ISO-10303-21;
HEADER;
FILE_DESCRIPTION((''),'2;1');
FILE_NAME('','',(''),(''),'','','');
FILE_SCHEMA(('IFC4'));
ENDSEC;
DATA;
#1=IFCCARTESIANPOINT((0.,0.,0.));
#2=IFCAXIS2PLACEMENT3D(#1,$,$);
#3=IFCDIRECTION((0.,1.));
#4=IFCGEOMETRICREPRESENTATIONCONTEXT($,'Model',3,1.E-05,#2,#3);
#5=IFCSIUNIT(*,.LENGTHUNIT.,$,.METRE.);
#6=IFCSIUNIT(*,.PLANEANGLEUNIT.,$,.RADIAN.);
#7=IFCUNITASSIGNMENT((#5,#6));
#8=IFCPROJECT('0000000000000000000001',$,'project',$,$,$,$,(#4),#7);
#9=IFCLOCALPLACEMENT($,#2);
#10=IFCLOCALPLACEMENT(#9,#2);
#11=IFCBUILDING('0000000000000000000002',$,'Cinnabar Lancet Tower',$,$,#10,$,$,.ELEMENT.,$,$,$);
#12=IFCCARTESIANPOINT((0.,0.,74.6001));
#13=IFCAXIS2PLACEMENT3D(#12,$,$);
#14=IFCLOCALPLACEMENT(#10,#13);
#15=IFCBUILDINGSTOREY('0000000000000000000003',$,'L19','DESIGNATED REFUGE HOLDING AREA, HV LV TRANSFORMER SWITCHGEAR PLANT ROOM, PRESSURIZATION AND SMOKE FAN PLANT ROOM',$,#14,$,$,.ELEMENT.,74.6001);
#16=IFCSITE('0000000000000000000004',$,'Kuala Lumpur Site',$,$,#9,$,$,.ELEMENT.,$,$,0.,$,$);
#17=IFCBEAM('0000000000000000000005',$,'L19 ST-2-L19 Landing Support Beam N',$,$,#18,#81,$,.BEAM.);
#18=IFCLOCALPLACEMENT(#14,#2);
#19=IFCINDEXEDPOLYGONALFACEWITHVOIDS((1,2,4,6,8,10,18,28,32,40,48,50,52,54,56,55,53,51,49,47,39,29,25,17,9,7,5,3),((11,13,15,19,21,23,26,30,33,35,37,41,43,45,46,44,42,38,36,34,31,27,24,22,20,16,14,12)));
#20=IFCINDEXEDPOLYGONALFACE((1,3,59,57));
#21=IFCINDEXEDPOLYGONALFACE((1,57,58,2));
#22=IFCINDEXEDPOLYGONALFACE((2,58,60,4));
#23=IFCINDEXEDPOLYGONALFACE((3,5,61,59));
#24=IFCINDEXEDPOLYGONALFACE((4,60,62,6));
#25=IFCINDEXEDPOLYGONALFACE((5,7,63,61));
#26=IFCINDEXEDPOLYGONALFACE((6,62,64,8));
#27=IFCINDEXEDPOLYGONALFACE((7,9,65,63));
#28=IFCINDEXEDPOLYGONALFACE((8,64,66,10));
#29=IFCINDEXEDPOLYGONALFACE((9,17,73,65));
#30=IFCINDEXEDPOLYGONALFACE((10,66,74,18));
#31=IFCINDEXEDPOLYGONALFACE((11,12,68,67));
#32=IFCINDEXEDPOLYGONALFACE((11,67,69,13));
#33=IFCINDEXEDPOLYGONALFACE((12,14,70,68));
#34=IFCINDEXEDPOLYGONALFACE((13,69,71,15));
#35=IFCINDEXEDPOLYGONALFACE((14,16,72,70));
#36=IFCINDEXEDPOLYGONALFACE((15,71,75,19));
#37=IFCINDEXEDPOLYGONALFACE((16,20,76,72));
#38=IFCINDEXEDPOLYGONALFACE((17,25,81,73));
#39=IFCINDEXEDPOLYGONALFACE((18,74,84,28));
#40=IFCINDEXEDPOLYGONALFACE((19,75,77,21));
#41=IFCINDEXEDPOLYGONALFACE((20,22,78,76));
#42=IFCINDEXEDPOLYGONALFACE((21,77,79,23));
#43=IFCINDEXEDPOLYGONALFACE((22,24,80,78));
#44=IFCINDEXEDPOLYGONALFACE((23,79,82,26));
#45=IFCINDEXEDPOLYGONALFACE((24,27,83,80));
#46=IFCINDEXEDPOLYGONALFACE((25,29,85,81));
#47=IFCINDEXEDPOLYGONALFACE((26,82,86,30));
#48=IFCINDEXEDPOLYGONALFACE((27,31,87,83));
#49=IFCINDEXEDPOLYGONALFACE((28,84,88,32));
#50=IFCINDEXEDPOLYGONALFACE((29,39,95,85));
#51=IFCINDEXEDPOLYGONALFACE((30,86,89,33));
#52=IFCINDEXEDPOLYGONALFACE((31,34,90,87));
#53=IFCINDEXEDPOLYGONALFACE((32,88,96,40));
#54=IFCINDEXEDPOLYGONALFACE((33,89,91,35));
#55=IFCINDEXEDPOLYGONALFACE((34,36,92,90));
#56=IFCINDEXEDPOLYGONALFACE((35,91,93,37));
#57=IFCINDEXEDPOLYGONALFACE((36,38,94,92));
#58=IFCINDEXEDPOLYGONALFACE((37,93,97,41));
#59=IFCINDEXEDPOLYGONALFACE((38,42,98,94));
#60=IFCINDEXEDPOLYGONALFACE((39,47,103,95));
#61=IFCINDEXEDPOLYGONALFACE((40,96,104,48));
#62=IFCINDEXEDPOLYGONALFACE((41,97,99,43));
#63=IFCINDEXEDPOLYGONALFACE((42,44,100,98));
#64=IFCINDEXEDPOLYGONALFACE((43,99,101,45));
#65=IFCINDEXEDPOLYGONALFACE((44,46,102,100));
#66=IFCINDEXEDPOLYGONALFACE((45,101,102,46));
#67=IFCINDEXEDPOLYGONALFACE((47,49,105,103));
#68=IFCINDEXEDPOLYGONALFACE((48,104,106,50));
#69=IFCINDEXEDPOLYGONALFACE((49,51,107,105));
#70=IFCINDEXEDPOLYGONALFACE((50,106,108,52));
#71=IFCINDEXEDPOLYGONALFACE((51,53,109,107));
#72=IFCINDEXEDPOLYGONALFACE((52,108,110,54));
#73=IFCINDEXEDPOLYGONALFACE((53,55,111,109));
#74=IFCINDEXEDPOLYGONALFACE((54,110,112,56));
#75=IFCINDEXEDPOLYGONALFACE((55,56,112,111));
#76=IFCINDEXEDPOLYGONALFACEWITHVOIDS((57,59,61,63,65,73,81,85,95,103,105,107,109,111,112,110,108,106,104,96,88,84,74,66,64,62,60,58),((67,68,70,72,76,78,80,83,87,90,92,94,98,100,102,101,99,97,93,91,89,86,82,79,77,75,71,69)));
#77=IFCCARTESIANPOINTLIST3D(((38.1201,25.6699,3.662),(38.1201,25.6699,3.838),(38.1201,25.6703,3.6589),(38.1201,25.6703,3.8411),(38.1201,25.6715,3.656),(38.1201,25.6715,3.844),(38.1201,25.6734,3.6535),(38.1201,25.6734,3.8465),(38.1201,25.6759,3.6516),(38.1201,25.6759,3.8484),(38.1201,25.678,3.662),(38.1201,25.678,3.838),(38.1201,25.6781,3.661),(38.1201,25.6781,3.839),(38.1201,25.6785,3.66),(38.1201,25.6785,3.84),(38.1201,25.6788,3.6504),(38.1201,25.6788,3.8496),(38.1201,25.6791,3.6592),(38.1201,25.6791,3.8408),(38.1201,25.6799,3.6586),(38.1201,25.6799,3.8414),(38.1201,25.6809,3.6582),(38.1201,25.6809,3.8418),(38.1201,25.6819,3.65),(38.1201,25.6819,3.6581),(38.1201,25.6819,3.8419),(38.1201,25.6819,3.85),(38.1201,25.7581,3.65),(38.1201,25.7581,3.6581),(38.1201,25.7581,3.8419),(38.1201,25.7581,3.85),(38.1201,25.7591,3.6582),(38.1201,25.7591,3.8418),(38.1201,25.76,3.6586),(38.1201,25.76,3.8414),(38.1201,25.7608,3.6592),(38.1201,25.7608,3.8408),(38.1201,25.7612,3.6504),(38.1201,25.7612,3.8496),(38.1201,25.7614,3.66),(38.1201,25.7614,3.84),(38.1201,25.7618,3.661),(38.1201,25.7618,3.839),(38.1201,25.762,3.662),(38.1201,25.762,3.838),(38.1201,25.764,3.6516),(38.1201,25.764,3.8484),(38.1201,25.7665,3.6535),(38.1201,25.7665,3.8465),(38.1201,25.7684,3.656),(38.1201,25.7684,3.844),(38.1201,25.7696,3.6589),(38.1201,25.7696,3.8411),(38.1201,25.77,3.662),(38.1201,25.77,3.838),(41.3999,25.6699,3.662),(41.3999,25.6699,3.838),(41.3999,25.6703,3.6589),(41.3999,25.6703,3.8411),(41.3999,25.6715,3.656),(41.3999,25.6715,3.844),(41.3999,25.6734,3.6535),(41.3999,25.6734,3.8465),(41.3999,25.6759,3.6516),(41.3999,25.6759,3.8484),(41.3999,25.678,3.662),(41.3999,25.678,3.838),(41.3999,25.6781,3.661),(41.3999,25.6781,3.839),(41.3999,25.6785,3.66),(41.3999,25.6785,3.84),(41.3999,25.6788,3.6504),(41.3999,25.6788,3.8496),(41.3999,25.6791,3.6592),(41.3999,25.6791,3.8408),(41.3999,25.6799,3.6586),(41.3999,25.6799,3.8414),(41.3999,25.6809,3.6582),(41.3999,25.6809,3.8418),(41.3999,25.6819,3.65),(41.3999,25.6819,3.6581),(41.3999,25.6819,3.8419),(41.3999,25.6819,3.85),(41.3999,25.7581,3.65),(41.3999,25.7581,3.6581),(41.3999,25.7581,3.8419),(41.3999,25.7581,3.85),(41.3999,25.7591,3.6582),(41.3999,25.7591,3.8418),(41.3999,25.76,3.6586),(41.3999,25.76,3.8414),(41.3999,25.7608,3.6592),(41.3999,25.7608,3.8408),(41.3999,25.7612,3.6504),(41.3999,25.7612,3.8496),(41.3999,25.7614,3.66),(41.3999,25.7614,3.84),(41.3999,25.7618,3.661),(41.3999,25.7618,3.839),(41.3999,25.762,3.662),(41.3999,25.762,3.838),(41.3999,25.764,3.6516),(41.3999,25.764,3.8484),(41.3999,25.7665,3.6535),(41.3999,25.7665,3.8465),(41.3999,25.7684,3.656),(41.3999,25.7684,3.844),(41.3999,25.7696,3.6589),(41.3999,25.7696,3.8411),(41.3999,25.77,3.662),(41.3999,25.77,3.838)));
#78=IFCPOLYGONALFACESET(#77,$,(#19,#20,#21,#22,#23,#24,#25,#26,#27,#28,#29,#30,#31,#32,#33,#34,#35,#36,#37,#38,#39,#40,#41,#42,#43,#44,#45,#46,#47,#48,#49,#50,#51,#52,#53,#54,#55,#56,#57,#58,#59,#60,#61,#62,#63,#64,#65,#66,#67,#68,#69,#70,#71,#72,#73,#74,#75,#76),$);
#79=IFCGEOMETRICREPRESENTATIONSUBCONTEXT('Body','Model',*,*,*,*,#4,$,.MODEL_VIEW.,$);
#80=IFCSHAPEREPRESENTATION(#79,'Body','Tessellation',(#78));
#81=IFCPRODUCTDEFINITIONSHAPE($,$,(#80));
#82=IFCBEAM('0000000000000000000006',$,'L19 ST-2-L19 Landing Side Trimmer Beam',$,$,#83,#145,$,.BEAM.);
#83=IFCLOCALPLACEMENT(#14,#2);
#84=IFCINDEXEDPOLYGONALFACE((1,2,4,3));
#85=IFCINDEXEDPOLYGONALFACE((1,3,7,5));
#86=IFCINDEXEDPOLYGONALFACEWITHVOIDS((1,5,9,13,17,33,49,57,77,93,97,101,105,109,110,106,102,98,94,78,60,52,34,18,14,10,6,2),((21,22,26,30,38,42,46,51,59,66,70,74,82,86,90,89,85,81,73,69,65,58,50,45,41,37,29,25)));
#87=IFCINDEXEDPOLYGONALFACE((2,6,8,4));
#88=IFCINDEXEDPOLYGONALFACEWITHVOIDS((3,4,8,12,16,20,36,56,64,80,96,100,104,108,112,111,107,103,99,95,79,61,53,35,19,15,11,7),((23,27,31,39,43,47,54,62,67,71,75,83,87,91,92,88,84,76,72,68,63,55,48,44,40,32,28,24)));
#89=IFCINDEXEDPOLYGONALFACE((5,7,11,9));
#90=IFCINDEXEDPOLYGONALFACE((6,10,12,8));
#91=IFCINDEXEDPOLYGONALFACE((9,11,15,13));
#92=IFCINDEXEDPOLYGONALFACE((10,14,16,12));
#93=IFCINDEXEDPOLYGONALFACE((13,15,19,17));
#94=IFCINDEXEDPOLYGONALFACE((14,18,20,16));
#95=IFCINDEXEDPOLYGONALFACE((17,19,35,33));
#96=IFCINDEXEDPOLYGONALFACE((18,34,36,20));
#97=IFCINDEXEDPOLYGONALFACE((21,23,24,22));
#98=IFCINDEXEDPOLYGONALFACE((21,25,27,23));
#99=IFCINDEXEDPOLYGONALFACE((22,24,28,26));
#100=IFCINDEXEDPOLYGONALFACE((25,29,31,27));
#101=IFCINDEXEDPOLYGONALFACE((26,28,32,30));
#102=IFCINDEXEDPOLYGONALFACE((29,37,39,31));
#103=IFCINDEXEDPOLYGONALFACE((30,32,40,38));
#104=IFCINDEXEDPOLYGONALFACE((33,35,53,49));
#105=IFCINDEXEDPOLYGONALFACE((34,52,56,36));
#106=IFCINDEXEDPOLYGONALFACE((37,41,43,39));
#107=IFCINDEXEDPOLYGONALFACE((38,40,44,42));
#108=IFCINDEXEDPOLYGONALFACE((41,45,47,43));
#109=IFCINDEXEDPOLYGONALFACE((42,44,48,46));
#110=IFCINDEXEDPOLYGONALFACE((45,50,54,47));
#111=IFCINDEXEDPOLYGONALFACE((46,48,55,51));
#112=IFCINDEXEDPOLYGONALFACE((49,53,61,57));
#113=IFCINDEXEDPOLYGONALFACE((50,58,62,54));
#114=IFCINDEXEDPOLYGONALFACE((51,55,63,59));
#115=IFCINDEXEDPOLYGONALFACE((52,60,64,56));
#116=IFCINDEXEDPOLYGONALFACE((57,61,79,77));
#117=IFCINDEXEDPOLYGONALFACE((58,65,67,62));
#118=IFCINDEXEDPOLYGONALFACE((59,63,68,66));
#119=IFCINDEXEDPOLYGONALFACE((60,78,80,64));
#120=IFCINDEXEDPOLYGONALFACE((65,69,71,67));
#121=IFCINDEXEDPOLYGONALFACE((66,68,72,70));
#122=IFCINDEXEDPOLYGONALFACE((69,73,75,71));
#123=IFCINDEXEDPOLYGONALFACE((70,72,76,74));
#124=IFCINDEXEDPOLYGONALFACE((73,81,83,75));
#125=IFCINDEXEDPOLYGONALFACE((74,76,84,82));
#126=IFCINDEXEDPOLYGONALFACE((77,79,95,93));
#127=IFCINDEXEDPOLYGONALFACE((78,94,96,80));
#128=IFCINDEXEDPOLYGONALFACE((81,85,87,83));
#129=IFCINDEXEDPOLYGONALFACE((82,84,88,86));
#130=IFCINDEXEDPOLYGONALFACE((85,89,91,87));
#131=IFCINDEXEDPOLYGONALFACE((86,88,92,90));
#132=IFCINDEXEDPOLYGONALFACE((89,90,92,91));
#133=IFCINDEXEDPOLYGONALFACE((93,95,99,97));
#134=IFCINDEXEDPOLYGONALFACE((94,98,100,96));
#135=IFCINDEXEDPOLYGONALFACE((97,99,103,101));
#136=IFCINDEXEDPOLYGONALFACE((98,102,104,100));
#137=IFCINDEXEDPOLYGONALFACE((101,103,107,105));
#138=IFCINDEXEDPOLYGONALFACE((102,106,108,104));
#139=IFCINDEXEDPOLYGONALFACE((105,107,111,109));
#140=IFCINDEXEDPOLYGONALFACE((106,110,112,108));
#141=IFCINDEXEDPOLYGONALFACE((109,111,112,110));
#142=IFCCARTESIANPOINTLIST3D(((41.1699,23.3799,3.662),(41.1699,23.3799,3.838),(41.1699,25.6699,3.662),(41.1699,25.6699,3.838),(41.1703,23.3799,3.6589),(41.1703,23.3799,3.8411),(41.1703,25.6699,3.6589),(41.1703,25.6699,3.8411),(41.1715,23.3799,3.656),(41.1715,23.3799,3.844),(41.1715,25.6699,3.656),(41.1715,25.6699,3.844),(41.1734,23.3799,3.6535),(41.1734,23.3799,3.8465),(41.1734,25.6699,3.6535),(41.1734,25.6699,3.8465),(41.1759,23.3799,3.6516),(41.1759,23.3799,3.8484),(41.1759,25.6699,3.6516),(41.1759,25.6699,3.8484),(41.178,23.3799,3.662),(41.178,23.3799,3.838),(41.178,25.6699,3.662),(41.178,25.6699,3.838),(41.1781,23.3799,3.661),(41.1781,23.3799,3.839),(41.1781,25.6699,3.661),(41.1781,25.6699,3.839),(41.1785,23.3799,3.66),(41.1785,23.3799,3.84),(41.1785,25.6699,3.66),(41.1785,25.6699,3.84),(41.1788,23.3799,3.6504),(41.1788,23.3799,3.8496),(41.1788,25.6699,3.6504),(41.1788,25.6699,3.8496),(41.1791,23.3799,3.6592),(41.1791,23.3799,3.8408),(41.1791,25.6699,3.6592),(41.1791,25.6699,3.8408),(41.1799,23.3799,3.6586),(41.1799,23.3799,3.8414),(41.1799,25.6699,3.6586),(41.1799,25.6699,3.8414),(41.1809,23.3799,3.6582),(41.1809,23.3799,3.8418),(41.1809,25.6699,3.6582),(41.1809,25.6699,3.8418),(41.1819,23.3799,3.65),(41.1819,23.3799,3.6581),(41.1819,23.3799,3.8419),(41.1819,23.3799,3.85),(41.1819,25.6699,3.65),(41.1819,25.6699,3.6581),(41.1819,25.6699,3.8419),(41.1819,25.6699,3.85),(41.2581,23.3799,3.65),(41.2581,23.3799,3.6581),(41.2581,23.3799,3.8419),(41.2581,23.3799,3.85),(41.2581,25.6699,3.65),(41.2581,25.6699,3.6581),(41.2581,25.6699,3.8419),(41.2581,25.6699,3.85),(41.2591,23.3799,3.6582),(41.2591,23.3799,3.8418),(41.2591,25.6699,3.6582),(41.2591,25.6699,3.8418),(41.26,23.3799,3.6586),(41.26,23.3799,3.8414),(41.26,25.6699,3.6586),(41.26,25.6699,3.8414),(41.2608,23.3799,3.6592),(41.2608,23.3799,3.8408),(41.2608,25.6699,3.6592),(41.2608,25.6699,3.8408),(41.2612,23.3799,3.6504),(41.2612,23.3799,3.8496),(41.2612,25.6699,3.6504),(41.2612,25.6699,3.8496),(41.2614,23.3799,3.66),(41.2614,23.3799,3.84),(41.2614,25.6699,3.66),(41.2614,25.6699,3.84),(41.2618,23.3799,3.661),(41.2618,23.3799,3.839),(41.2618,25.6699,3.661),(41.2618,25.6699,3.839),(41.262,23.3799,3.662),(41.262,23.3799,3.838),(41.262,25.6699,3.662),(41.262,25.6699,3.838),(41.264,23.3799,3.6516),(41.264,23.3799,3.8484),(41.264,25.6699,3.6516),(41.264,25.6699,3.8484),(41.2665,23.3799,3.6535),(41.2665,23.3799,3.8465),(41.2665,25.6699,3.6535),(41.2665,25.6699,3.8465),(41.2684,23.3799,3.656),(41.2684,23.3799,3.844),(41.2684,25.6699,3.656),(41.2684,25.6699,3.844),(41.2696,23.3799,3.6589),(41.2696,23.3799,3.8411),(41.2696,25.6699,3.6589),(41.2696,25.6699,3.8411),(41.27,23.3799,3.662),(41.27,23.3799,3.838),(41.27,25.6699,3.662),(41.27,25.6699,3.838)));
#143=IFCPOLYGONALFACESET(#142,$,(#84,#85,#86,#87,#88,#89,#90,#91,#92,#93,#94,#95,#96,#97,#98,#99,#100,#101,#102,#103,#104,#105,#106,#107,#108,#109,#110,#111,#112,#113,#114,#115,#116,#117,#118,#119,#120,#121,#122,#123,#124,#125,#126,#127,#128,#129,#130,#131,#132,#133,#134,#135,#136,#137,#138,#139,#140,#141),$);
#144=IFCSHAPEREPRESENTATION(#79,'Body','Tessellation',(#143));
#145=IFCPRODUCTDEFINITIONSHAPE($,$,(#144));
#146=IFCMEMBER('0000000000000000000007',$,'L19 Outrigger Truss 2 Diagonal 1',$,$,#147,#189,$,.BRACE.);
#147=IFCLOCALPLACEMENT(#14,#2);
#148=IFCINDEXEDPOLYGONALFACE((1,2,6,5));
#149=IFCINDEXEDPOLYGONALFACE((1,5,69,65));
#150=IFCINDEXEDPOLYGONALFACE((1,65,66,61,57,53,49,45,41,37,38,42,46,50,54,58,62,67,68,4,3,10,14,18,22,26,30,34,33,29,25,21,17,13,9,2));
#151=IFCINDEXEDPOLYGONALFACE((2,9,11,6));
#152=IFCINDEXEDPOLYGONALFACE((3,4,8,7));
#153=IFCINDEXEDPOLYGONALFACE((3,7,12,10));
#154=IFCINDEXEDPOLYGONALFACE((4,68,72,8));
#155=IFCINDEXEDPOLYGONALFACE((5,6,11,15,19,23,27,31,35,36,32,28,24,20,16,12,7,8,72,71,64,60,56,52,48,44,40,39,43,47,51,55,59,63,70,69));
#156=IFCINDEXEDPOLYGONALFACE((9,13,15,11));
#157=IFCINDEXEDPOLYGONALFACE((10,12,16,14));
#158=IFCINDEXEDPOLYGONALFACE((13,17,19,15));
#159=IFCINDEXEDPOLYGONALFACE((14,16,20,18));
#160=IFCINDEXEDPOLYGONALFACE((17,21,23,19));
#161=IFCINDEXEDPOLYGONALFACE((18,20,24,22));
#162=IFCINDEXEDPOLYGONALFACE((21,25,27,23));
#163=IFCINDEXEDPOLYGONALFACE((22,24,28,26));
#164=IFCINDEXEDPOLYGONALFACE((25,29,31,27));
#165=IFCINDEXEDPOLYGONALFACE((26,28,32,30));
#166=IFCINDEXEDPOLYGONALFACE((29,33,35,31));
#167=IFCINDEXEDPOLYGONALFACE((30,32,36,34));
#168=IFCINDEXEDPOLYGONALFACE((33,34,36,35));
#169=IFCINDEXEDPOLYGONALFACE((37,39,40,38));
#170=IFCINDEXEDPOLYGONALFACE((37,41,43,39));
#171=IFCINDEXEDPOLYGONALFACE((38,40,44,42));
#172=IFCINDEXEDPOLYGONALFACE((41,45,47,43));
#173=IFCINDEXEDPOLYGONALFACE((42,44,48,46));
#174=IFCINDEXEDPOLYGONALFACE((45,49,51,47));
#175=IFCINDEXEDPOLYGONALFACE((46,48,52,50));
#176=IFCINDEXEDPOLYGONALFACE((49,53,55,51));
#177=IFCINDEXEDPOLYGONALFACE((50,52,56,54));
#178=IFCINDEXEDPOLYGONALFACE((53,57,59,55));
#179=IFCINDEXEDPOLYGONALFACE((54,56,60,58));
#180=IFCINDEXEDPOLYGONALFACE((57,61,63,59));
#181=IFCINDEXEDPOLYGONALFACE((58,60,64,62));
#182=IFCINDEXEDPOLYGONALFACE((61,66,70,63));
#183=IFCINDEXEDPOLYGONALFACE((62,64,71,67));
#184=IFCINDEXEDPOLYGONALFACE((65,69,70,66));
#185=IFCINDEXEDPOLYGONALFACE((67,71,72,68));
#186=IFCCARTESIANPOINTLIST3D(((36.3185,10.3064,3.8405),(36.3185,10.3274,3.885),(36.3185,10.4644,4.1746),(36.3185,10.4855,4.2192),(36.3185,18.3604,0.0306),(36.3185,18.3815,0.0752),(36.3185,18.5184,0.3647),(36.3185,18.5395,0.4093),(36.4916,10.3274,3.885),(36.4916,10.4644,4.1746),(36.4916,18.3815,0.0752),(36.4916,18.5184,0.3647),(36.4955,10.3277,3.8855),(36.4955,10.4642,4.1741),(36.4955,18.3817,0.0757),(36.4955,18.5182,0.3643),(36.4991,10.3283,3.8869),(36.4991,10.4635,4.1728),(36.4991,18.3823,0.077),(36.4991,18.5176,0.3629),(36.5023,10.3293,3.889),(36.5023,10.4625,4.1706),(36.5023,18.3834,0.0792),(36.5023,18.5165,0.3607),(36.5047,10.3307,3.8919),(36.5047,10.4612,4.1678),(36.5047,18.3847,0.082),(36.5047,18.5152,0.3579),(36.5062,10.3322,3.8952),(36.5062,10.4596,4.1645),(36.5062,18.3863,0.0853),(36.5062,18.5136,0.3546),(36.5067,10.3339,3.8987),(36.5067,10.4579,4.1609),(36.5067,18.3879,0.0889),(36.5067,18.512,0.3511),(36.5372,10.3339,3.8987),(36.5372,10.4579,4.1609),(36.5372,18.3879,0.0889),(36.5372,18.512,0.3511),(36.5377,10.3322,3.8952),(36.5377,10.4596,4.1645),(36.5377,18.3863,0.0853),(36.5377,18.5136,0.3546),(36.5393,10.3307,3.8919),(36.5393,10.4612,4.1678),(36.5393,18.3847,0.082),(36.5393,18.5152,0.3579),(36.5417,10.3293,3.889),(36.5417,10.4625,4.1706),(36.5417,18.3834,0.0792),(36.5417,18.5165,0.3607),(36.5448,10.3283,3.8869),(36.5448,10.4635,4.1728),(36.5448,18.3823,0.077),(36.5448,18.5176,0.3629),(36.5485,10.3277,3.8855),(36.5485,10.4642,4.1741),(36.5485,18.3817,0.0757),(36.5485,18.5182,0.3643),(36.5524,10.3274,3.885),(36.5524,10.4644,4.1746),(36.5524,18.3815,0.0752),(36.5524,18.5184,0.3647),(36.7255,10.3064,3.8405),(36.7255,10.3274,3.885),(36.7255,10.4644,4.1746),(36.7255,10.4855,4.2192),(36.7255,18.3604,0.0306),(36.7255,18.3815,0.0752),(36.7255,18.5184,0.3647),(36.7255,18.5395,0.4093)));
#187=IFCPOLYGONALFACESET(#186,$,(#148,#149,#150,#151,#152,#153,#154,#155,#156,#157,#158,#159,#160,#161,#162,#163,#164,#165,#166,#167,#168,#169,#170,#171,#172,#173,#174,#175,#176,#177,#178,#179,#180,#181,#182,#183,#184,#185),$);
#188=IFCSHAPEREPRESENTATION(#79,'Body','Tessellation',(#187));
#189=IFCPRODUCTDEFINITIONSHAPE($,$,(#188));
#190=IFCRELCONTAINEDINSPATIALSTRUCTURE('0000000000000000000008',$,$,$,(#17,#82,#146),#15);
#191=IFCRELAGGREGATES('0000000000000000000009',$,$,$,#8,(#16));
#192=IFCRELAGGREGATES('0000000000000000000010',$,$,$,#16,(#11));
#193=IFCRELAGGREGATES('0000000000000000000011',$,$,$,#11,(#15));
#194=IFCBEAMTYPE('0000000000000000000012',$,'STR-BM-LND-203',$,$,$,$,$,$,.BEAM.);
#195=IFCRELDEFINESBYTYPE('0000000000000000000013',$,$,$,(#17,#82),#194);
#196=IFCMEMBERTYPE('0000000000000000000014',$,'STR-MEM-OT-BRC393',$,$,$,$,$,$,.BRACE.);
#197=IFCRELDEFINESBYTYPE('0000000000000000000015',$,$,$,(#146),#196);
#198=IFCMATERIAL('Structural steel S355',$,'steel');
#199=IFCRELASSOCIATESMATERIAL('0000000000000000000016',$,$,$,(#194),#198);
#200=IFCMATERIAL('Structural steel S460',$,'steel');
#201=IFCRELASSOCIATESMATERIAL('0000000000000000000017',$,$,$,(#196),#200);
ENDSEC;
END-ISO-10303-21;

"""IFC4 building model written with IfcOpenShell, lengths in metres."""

from ifc_helpers import new_model, si_unit, direction, frame, origin, origin_2d, place, context, subcontext, project, spatial, hollow_rectangle, i_section, extrude, material, material_profile, profile_set, type_object, element, save


model = new_model("IFC4")

# Units and contexts
model_context = context("Model", 3, precision=1e-05, world=origin(), true_north=direction((0.0, 1.0)))
body_context = subcontext(model_context, "Body", "Model", "MODEL_VIEW")
ifc_project = project(units=[si_unit("LENGTHUNIT", "METRE"), si_unit("PLANEANGLEUNIT", "RADIAN")], contexts=[model_context])

# Site, building, storey
site_placement = place(None, origin())
site = spatial("IfcSite", under=ifc_project, at=site_placement, Name="Kuala Lumpur Site", CompositionType="ELEMENT", RefElevation=0.0)
building_placement = place(site_placement, origin())
building = spatial("IfcBuilding", under=site, at=building_placement, Name="Cinnabar Lancet Tower", CompositionType="ELEMENT")
storey_placement = place(building_placement, frame((0.0, 0.0, 74.6001)))
storey = spatial("IfcBuildingStorey", under=building, at=storey_placement, Name="L19", Description="DESIGNATED REFUGE HOLDING AREA, HV LV TRANSFORMER SWITCHGEAR PLANT ROOM, PRESSURIZATION AND SMOKE FAN PLANT ROOM", CompositionType="ELEMENT", Elevation=74.6001)

# Beams
ifc_material_1 = material(Name="Structural steel S355", Category="steel")
ifc_material_profile_1 = material_profile(ifc_material_1, hollow_rectangle(XDim=0.1001, YDim=0.2, WallThickness=0.0081, InnerFilletRadius=0.0039, OuterFilletRadius=0.012, at=origin_2d()), Name="RHS 200x100x8")
ifc_profile_set_1 = profile_set([ifc_material_profile_1], Name="Structural steel S355")
beam_type = type_object("IfcBeamType", Name="STR-BM-LND-203", PredefinedType="BEAM", material=ifc_profile_set_1)
for number, where, z_axis, x_axis, name in (
    (1, (38.1201, 25.72, 3.75), (1.0, 0.0, 0.0), (0.0, 1.0, 0.0), "L19 ST-2-L19 Landing Support Beam N"),
):
    element("IfcBeam", number, at=place(storey_placement, frame(where, z_axis=z_axis, x_axis=x_axis)), inside=storey, type_object=beam_type, Name=name, PredefinedType="BEAM", context=body_context, shape_type="SweptSolid", body=[
        extrude(hollow_rectangle(XDim=0.1001, YDim=0.2, WallThickness=0.0081, InnerFilletRadius=0.0039, OuterFilletRadius=0.012, at=origin_2d()), origin(), (0.0, 0.0, 1.0), 3.2798),
    ])
beam_1_placement = place(storey_placement, frame((41.22, 23.3799, 3.75), z_axis=(0.0, 1.0, 0.0), x_axis=(-1.0, 0.0, 0.0)))
element("IfcBeam", 2, at=beam_1_placement, inside=storey, type_object=beam_type, Name="L19 ST-2-L19 Landing Side Trimmer Beam", PredefinedType="BEAM", context=body_context, shape_type="SweptSolid", body=[
    extrude(hollow_rectangle(XDim=0.1001, YDim=0.2, WallThickness=0.0081, InnerFilletRadius=0.0039, OuterFilletRadius=0.012, at=origin_2d()), origin(), (0.0, 0.0, 1.0), 2.29),
])

# Member
ifc_material_2 = material(Name="Structural steel S460", Category="steel")
ifc_material_profile_2 = material_profile(ifc_material_2, i_section(OverallWidth=0.407, OverallDepth=0.4189, WebThickness=0.0305, FlangeThickness=0.0493, FilletRadius=0.0151, at=origin_2d()), Name="UKC 356x406x393")
ifc_profile_set_2 = profile_set([ifc_material_profile_2], Name="Structural steel S460")
member_type_1 = type_object("IfcMemberType", Name="STR-MEM-OT-BRC393", PredefinedType="BRACE", material=ifc_profile_set_2)
member_placement = place(storey_placement, frame((36.522, 18.45, 0.22), z_axis=(0.0, -0.903964, 0.427608), x_axis=(1.0, 0.0, 0.0)))
element("IfcMember", 3, at=member_placement, inside=storey, type_object=member_type_1, Name="L19 Outrigger Truss 2 Diagonal 1", PredefinedType="BRACE", context=body_context, shape_type="SweptSolid", body=[
    extrude(i_section(OverallWidth=0.407, OverallDepth=0.4189, WebThickness=0.0305, FlangeThickness=0.0493, FilletRadius=0.0151, at=origin_2d()), origin(), (0.0, 0.0, 1.0), 8.9097),
])

save(model, "model.ifc")
